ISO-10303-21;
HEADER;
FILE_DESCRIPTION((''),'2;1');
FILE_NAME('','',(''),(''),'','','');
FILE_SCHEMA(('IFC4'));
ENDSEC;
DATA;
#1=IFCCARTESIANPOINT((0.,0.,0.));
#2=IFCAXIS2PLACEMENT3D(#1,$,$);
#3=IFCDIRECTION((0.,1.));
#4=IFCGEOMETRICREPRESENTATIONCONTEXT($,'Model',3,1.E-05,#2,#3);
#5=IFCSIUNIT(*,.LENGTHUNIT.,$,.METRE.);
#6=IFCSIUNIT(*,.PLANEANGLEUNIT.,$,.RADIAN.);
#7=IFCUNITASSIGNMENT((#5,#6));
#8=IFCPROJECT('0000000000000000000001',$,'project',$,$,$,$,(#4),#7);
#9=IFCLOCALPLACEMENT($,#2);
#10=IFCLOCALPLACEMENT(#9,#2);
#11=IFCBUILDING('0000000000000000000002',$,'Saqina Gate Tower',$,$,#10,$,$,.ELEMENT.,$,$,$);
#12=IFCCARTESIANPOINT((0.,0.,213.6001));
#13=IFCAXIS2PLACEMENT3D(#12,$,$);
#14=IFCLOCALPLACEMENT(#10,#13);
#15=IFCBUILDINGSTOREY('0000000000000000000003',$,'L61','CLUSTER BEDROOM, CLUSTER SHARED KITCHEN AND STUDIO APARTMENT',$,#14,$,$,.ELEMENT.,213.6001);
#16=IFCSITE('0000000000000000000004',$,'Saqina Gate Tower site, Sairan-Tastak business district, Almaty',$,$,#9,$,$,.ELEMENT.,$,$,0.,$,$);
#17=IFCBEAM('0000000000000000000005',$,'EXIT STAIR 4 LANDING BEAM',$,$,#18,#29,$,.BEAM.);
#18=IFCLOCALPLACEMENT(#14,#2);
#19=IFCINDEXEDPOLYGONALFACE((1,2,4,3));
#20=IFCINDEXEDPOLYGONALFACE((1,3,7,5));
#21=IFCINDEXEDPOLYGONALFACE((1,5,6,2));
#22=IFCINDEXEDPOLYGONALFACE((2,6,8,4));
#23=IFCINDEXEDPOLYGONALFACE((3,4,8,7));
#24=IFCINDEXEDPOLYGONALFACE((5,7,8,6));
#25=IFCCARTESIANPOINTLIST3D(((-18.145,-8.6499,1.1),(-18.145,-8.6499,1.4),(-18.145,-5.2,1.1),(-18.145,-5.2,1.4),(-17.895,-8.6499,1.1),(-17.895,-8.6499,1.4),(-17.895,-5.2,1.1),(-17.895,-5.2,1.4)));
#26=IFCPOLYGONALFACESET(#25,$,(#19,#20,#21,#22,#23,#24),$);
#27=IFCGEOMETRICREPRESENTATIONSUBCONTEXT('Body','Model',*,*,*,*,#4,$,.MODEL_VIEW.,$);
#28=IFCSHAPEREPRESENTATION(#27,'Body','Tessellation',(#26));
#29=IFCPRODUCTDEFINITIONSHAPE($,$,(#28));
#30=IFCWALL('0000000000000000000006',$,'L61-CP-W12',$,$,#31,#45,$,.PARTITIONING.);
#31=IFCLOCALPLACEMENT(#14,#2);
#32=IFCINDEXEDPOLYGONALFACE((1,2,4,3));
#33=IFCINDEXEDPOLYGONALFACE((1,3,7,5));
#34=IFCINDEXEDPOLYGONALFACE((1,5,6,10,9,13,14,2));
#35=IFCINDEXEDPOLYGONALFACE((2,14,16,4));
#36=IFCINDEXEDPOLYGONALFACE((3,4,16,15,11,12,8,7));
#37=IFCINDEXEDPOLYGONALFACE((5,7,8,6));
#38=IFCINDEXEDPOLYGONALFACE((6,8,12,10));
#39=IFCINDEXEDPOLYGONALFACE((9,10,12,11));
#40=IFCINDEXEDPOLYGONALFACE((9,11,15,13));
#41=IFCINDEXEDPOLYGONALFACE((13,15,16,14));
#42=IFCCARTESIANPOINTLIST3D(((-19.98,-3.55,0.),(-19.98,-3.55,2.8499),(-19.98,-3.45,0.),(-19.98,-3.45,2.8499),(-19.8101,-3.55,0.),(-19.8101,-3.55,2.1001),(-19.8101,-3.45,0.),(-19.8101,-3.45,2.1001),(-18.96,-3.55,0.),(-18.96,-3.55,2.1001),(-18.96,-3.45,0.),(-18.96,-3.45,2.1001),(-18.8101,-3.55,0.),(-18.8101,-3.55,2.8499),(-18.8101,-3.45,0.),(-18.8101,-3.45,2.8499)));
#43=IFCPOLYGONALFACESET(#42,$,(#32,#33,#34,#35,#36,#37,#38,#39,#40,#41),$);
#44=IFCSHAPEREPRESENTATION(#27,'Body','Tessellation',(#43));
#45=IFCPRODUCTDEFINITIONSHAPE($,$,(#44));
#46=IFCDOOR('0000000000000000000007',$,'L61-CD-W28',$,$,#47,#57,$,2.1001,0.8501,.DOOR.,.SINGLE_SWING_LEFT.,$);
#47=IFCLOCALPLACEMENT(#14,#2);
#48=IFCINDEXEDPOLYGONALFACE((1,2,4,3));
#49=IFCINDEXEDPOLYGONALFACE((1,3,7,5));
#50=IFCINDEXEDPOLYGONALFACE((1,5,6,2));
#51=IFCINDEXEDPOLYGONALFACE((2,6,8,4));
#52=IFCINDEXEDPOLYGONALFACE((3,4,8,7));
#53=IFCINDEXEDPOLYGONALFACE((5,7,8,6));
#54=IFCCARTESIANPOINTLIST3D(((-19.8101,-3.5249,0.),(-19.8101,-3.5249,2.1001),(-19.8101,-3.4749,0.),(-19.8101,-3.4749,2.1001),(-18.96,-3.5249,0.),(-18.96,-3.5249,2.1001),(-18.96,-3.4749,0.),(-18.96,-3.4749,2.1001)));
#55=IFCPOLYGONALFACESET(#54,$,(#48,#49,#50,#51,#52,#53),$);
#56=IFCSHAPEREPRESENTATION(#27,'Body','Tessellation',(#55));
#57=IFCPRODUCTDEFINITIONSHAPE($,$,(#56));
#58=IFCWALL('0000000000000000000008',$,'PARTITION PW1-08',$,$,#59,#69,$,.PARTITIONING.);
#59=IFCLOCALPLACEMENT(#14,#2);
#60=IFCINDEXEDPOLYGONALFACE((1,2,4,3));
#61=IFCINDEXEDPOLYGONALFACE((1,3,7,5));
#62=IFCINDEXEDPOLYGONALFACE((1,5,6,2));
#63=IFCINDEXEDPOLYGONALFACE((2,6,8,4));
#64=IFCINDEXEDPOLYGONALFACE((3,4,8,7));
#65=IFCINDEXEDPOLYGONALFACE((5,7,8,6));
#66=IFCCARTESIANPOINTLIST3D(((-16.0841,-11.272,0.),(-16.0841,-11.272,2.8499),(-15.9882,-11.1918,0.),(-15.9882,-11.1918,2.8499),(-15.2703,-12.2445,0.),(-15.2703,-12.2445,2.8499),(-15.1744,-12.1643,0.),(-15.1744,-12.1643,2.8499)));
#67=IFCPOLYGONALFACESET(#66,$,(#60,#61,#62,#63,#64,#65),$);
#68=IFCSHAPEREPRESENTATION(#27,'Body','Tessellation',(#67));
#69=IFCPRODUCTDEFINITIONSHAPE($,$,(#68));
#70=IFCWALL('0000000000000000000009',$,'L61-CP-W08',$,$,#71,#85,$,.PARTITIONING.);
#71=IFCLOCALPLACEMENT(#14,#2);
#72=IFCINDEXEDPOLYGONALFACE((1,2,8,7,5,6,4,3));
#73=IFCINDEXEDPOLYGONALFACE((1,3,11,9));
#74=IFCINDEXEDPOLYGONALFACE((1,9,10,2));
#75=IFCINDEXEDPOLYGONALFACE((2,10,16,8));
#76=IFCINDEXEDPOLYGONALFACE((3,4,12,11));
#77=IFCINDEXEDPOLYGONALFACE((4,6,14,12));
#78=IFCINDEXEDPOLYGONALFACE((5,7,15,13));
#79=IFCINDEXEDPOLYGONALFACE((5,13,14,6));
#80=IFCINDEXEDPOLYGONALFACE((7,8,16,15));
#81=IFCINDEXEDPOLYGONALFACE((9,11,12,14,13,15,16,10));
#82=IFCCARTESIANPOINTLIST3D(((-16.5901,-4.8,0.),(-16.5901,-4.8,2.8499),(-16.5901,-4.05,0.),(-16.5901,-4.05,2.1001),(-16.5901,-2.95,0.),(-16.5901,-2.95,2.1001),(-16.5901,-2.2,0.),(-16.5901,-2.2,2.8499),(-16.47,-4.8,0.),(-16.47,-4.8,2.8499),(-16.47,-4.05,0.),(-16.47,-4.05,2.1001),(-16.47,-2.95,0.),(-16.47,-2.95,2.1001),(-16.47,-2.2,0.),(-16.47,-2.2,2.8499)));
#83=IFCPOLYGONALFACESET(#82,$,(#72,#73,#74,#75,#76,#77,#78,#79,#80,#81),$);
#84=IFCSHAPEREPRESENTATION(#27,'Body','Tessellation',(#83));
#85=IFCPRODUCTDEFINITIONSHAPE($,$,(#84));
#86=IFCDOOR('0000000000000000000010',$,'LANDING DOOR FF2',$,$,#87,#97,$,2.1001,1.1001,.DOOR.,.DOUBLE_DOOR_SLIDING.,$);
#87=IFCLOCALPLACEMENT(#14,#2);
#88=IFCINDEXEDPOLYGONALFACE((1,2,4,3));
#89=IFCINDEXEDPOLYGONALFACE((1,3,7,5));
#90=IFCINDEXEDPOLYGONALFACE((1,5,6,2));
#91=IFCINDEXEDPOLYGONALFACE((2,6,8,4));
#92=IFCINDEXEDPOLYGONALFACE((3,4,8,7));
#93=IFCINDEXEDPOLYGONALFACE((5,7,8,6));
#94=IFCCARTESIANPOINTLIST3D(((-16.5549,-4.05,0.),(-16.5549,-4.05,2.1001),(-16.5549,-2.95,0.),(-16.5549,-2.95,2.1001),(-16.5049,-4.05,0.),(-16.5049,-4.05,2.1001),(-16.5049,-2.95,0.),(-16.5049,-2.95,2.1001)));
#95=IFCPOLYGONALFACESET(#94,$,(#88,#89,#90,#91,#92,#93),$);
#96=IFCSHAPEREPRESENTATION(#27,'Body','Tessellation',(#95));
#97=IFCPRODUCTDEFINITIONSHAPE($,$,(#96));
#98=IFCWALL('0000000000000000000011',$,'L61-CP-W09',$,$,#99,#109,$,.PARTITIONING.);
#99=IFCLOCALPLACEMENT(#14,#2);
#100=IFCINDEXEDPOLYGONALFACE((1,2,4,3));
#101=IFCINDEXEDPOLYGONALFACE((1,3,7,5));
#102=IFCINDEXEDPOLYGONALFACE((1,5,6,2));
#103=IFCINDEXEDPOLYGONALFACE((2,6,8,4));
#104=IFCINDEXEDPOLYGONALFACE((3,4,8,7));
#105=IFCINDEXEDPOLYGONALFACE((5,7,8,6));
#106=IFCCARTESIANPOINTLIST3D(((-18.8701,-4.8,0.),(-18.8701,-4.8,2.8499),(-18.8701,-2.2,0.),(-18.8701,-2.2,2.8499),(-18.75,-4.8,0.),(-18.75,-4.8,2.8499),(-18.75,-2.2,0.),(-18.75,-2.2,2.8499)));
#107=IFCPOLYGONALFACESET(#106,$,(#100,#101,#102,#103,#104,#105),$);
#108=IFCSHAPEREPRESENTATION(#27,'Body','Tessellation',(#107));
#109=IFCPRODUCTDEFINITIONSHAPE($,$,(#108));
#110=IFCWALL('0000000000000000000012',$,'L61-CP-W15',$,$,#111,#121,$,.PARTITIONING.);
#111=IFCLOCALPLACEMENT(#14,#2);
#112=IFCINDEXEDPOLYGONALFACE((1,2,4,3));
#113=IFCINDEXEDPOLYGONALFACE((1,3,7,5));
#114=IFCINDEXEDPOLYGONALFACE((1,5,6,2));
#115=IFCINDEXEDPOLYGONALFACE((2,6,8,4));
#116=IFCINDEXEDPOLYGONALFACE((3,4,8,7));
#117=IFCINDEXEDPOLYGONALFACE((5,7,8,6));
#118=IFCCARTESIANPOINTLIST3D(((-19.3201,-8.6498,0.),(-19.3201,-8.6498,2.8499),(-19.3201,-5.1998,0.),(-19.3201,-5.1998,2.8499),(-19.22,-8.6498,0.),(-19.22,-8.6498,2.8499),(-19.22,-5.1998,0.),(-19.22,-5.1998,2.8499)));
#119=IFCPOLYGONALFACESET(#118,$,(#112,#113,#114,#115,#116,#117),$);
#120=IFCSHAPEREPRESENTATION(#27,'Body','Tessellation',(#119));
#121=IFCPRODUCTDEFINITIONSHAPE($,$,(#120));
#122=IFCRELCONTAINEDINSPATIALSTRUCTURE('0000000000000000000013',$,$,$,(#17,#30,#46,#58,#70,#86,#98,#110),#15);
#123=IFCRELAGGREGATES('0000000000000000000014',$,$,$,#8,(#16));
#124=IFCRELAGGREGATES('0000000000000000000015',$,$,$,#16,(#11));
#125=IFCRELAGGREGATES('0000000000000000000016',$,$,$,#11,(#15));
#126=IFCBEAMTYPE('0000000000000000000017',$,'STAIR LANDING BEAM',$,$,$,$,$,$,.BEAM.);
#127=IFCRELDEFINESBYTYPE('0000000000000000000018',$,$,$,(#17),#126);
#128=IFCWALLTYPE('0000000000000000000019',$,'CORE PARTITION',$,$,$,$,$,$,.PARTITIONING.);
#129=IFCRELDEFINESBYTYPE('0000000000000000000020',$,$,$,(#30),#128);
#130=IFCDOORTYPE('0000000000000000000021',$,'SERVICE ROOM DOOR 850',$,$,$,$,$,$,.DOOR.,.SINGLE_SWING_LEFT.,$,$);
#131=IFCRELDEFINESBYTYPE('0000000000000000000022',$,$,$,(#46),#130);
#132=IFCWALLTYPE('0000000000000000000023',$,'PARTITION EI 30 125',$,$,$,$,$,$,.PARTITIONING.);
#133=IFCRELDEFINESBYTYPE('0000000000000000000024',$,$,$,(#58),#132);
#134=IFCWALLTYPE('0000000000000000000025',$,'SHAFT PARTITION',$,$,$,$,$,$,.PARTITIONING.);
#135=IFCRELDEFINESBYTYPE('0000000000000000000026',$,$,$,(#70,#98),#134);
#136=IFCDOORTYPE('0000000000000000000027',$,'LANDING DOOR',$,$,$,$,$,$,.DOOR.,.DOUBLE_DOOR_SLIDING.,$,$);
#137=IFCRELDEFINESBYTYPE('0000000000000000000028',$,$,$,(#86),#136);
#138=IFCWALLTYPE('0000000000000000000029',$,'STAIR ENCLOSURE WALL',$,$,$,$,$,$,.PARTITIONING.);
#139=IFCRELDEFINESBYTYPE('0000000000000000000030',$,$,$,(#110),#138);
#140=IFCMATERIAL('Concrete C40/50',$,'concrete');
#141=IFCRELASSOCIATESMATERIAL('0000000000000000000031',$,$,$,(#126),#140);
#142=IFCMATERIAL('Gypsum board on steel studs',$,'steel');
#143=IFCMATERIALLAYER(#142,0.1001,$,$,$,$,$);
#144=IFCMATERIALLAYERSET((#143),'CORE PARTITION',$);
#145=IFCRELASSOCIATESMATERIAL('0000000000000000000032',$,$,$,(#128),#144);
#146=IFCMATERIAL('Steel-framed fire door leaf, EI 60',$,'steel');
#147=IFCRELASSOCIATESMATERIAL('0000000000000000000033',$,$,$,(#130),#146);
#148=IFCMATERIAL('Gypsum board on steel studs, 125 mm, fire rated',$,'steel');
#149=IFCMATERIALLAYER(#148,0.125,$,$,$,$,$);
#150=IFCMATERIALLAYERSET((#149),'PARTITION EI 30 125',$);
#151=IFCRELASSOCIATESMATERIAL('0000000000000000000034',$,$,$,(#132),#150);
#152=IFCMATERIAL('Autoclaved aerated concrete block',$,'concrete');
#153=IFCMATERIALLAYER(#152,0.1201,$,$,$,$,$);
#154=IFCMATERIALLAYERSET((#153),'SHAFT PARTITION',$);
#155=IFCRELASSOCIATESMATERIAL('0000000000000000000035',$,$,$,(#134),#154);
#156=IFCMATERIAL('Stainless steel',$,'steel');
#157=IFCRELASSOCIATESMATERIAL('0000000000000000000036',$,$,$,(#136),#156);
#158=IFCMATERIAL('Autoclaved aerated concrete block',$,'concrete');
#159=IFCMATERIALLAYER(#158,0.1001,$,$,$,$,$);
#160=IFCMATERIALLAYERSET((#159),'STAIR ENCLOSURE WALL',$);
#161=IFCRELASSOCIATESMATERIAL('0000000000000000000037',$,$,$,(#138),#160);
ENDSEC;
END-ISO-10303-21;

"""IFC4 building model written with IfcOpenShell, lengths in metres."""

from ifc_helpers import new_model, si_unit, direction, frame, frame_2d, origin, origin_2d, place, context, subcontext, project, spatial, rectangle, extrude, material, layer, layer_set, material_profile, profile_set, type_object, element, fill, save


model = new_model("IFC4")

# Units and contexts
model_context = context("Model", 3, precision=1e-05, world=origin(), true_north=direction((0.0, 1.0)))
body_context = subcontext(model_context, "Body", "Model", "MODEL_VIEW")
ifc_project = project(units=[si_unit("LENGTHUNIT", "METRE"), si_unit("PLANEANGLEUNIT", "RADIAN")], contexts=[model_context])

# Site, building, storey
site_placement = place(None, origin())
site = spatial("IfcSite", under=ifc_project, at=site_placement, Name="Saqina Gate Tower site, Sairan-Tastak business district, Almaty", CompositionType="ELEMENT", RefElevation=0.0)
building_placement = place(site_placement, origin())
building = spatial("IfcBuilding", under=site, at=building_placement, Name="Saqina Gate Tower", CompositionType="ELEMENT")
storey_placement = place(building_placement, frame((0.0, 0.0, 213.6001)))
storey = spatial("IfcBuildingStorey", under=building, at=storey_placement, Name="L61", Description="CLUSTER BEDROOM, CLUSTER SHARED KITCHEN AND STUDIO APARTMENT", CompositionType="ELEMENT", Elevation=213.6001)

# Beam
ifc_material_1 = material(Name="Concrete C40/50", Category="concrete")
ifc_material_profile = material_profile(ifc_material_1, rectangle(XDim=0.25, YDim=0.3, at=origin_2d()), Name="STAIR LANDING BEAM")
ifc_profile_set = profile_set([ifc_material_profile], Name="Concrete C40/50")
beam_type = type_object("IfcBeamType", Name="STAIR LANDING BEAM", PredefinedType="BEAM", material=ifc_profile_set)
beam_placement = place(storey_placement, frame((-18.02, -8.6499, 1.25), z_axis=(0.0, 1.0, 0.0), x_axis=(-1.0, 0.0, 0.0)))
element("IfcBeam", 1, at=beam_placement, inside=storey, type_object=beam_type, Name="EXIT STAIR 4 LANDING BEAM", PredefinedType="BEAM", context=body_context, shape_type="SweptSolid", body=[
    extrude(rectangle(XDim=0.25, YDim=0.3, at=origin_2d()), origin(), (0.0, 0.0, 1.0), 3.45),
])

# Wall, opening, door
ifc_material_2 = material(Name="Gypsum board on steel studs", Category="steel")
ifc_layer_1 = layer(ifc_material_2, 0.1001)
ifc_layer_set_1 = layer_set([ifc_layer_1], Name="CORE PARTITION")
wall_type_1 = type_object("IfcWallType", Name="CORE PARTITION", PredefinedType="PARTITIONING", material=ifc_layer_set_1)
wall_1_placement = place(storey_placement, frame((-18.8101, -3.5, 0.0), z_axis=(0.0, 0.0, 1.0), x_axis=(-1.0, 0.0, 0.0)))
wall_1 = element("IfcWall", 2, at=wall_1_placement, inside=storey, type_object=wall_type_1, Name="L61-CP-W12", PredefinedType="PARTITIONING", context=body_context, shape_type="SweptSolid", body=[
    extrude(rectangle(XDim=1.1699, YDim=0.1001, at=frame_2d((0.585, 0.0))), origin(), (0.0, 0.0, 1.0), 2.8499),
])
opening_1_placement = place(wall_1_placement, frame((0.1499, 0.0, 0.0)))
opening_1 = element("IfcOpeningElement", 3, at=opening_1_placement, cuts=wall_1, PredefinedType="OPENING", context=body_context, shape_type="SweptSolid", body=[
    extrude(rectangle(XDim=0.8501, YDim=2.1001, at=frame_2d((0.425, 1.05))), frame((0.0, 0.062, 0.0), z_axis=(0.0, -1.0, 0.0), x_axis=(1.0, 0.0, 0.0)), (0.0, 0.0, 1.0), 0.124),
])
ifc_material_3 = material(Name="Steel-framed fire door leaf, EI 60", Category="steel")
door_type_1 = type_object("IfcDoorType", Name="SERVICE ROOM DOOR 850", OperationType="SINGLE_SWING_LEFT", PredefinedType="DOOR", material=ifc_material_3)
door_1_placement = place(opening_1_placement, origin())
door_1 = element("IfcDoor", 4, at=door_1_placement, inside=storey, type_object=door_type_1, Name="L61-CD-W28", OperationType="SINGLE_SWING_LEFT", OverallHeight=2.1001, OverallWidth=0.8501, PredefinedType="DOOR", context=body_context, shape_type="SweptSolid", body=[
    extrude(rectangle(XDim=0.8501, YDim=2.1001, at=frame_2d((0.425, 1.05))), frame((0.0, 0.0249, 0.0), z_axis=(0.0, -1.0, 0.0), x_axis=(1.0, 0.0, 0.0)), (0.0, 0.0, 1.0), 0.05),
])
fill(opening_1, door_1)

# Wall
ifc_material_4 = material(Name="Gypsum board on steel studs, 125 mm, fire rated", Category="steel")
ifc_layer_2 = layer(ifc_material_4, 0.125)
ifc_layer_set_2 = layer_set([ifc_layer_2], Name="PARTITION EI 30 125")
wall_type_2 = type_object("IfcWallType", Name="PARTITION EI 30 125", PredefinedType="PARTITIONING", material=ifc_layer_set_2)
wall_2_placement = place(storey_placement, frame((-16.0361, -11.2319, 0.0), z_axis=(0.0, 0.0, 1.0), x_axis=(0.641755, -0.76691, 0.0)))
element("IfcWall", 5, at=wall_2_placement, inside=storey, type_object=wall_type_2, Name="PARTITION PW1-08", PredefinedType="PARTITIONING", context=body_context, shape_type="SweptSolid", body=[
    extrude(rectangle(XDim=1.2681, YDim=0.125, at=frame_2d((0.634, 0.0))), origin(), (0.0, 0.0, 1.0), 2.8499),
])

# Wall, opening, door
ifc_material_5 = material(Name="Autoclaved aerated concrete block", Category="concrete")
ifc_layer_3 = layer(ifc_material_5, 0.1201)
ifc_layer_set_3 = layer_set([ifc_layer_3], Name="SHAFT PARTITION")
wall_type_3 = type_object("IfcWallType", Name="SHAFT PARTITION", PredefinedType="PARTITIONING", material=ifc_layer_set_3)
wall_3_placement = place(storey_placement, frame((-16.53, -4.8, 0.0), z_axis=(0.0, 0.0, 1.0), x_axis=(0.0, 1.0, 0.0)))
wall_3 = element("IfcWall", 6, at=wall_3_placement, inside=storey, type_object=wall_type_3, Name="L61-CP-W08", PredefinedType="PARTITIONING", context=body_context, shape_type="SweptSolid", body=[
    extrude(rectangle(XDim=2.6001, YDim=0.1201, at=frame_2d((1.3, 0.0))), origin(), (0.0, 0.0, 1.0), 2.8499),
])
opening_2_placement = place(wall_3_placement, frame((0.75, 0.0, 0.0)))
opening_2 = element("IfcOpeningElement", 7, at=opening_2_placement, cuts=wall_3, PredefinedType="OPENING", context=body_context, shape_type="SweptSolid", body=[
    extrude(rectangle(XDim=1.1001, YDim=2.1001, at=frame_2d((0.55, 1.05))), frame((0.0, 0.072, 0.0), z_axis=(0.0, -1.0, 0.0), x_axis=(1.0, 0.0, 0.0)), (0.0, 0.0, 1.0), 0.144),
])
ifc_material_6 = material(Name="Stainless steel", Category="steel")
door_type_2 = type_object("IfcDoorType", Name="LANDING DOOR", OperationType="DOUBLE_DOOR_SLIDING", PredefinedType="DOOR", material=ifc_material_6)
door_2_placement = place(opening_2_placement, origin())
door_2 = element("IfcDoor", 8, at=door_2_placement, inside=storey, type_object=door_type_2, Name="LANDING DOOR FF2", OperationType="DOUBLE_DOOR_SLIDING", OverallHeight=2.1001, OverallWidth=1.1001, PredefinedType="DOOR", context=body_context, shape_type="SweptSolid", body=[
    extrude(rectangle(XDim=1.1001, YDim=2.1001, at=frame_2d((0.55, 1.05))), frame((0.0, 0.0249, 0.0), z_axis=(0.0, -1.0, 0.0), x_axis=(1.0, 0.0, 0.0)), (0.0, 0.0, 1.0), 0.05),
])
fill(opening_2, door_2)

# Walls
wall_4_placement = place(storey_placement, frame((-18.8101, -4.8, 0.0), z_axis=(0.0, 0.0, 1.0), x_axis=(0.0, 1.0, 0.0)))
element("IfcWall", 9, at=wall_4_placement, inside=storey, type_object=wall_type_3, Name="L61-CP-W09", PredefinedType="PARTITIONING", context=body_context, shape_type="SweptSolid", body=[
    extrude(rectangle(XDim=2.6001, YDim=0.1201, at=frame_2d((1.3, 0.0))), origin(), (0.0, 0.0, 1.0), 2.8499),
])
ifc_material_7 = material(Name="Autoclaved aerated concrete block", Category="concrete")
ifc_layer_4 = layer(ifc_material_7, 0.1001)
ifc_layer_set_4 = layer_set([ifc_layer_4], Name="STAIR ENCLOSURE WALL")
wall_type_4 = type_object("IfcWallType", Name="STAIR ENCLOSURE WALL", PredefinedType="PARTITIONING", material=ifc_layer_set_4)
wall_5_placement = place(storey_placement, frame((-19.27, -8.6499, 0.0), z_axis=(0.0, 0.0, 1.0), x_axis=(0.0, 1.0, 0.0)))
element("IfcWall", 10, at=wall_5_placement, inside=storey, type_object=wall_type_4, Name="L61-CP-W15", PredefinedType="PARTITIONING", context=body_context, shape_type="SweptSolid", body=[
    extrude(rectangle(XDim=3.45, YDim=0.1001, at=frame_2d((1.7251, 0.0))), origin(), (0.0, 0.0, 1.0), 2.8499),
])

save(model, "model.ifc")
